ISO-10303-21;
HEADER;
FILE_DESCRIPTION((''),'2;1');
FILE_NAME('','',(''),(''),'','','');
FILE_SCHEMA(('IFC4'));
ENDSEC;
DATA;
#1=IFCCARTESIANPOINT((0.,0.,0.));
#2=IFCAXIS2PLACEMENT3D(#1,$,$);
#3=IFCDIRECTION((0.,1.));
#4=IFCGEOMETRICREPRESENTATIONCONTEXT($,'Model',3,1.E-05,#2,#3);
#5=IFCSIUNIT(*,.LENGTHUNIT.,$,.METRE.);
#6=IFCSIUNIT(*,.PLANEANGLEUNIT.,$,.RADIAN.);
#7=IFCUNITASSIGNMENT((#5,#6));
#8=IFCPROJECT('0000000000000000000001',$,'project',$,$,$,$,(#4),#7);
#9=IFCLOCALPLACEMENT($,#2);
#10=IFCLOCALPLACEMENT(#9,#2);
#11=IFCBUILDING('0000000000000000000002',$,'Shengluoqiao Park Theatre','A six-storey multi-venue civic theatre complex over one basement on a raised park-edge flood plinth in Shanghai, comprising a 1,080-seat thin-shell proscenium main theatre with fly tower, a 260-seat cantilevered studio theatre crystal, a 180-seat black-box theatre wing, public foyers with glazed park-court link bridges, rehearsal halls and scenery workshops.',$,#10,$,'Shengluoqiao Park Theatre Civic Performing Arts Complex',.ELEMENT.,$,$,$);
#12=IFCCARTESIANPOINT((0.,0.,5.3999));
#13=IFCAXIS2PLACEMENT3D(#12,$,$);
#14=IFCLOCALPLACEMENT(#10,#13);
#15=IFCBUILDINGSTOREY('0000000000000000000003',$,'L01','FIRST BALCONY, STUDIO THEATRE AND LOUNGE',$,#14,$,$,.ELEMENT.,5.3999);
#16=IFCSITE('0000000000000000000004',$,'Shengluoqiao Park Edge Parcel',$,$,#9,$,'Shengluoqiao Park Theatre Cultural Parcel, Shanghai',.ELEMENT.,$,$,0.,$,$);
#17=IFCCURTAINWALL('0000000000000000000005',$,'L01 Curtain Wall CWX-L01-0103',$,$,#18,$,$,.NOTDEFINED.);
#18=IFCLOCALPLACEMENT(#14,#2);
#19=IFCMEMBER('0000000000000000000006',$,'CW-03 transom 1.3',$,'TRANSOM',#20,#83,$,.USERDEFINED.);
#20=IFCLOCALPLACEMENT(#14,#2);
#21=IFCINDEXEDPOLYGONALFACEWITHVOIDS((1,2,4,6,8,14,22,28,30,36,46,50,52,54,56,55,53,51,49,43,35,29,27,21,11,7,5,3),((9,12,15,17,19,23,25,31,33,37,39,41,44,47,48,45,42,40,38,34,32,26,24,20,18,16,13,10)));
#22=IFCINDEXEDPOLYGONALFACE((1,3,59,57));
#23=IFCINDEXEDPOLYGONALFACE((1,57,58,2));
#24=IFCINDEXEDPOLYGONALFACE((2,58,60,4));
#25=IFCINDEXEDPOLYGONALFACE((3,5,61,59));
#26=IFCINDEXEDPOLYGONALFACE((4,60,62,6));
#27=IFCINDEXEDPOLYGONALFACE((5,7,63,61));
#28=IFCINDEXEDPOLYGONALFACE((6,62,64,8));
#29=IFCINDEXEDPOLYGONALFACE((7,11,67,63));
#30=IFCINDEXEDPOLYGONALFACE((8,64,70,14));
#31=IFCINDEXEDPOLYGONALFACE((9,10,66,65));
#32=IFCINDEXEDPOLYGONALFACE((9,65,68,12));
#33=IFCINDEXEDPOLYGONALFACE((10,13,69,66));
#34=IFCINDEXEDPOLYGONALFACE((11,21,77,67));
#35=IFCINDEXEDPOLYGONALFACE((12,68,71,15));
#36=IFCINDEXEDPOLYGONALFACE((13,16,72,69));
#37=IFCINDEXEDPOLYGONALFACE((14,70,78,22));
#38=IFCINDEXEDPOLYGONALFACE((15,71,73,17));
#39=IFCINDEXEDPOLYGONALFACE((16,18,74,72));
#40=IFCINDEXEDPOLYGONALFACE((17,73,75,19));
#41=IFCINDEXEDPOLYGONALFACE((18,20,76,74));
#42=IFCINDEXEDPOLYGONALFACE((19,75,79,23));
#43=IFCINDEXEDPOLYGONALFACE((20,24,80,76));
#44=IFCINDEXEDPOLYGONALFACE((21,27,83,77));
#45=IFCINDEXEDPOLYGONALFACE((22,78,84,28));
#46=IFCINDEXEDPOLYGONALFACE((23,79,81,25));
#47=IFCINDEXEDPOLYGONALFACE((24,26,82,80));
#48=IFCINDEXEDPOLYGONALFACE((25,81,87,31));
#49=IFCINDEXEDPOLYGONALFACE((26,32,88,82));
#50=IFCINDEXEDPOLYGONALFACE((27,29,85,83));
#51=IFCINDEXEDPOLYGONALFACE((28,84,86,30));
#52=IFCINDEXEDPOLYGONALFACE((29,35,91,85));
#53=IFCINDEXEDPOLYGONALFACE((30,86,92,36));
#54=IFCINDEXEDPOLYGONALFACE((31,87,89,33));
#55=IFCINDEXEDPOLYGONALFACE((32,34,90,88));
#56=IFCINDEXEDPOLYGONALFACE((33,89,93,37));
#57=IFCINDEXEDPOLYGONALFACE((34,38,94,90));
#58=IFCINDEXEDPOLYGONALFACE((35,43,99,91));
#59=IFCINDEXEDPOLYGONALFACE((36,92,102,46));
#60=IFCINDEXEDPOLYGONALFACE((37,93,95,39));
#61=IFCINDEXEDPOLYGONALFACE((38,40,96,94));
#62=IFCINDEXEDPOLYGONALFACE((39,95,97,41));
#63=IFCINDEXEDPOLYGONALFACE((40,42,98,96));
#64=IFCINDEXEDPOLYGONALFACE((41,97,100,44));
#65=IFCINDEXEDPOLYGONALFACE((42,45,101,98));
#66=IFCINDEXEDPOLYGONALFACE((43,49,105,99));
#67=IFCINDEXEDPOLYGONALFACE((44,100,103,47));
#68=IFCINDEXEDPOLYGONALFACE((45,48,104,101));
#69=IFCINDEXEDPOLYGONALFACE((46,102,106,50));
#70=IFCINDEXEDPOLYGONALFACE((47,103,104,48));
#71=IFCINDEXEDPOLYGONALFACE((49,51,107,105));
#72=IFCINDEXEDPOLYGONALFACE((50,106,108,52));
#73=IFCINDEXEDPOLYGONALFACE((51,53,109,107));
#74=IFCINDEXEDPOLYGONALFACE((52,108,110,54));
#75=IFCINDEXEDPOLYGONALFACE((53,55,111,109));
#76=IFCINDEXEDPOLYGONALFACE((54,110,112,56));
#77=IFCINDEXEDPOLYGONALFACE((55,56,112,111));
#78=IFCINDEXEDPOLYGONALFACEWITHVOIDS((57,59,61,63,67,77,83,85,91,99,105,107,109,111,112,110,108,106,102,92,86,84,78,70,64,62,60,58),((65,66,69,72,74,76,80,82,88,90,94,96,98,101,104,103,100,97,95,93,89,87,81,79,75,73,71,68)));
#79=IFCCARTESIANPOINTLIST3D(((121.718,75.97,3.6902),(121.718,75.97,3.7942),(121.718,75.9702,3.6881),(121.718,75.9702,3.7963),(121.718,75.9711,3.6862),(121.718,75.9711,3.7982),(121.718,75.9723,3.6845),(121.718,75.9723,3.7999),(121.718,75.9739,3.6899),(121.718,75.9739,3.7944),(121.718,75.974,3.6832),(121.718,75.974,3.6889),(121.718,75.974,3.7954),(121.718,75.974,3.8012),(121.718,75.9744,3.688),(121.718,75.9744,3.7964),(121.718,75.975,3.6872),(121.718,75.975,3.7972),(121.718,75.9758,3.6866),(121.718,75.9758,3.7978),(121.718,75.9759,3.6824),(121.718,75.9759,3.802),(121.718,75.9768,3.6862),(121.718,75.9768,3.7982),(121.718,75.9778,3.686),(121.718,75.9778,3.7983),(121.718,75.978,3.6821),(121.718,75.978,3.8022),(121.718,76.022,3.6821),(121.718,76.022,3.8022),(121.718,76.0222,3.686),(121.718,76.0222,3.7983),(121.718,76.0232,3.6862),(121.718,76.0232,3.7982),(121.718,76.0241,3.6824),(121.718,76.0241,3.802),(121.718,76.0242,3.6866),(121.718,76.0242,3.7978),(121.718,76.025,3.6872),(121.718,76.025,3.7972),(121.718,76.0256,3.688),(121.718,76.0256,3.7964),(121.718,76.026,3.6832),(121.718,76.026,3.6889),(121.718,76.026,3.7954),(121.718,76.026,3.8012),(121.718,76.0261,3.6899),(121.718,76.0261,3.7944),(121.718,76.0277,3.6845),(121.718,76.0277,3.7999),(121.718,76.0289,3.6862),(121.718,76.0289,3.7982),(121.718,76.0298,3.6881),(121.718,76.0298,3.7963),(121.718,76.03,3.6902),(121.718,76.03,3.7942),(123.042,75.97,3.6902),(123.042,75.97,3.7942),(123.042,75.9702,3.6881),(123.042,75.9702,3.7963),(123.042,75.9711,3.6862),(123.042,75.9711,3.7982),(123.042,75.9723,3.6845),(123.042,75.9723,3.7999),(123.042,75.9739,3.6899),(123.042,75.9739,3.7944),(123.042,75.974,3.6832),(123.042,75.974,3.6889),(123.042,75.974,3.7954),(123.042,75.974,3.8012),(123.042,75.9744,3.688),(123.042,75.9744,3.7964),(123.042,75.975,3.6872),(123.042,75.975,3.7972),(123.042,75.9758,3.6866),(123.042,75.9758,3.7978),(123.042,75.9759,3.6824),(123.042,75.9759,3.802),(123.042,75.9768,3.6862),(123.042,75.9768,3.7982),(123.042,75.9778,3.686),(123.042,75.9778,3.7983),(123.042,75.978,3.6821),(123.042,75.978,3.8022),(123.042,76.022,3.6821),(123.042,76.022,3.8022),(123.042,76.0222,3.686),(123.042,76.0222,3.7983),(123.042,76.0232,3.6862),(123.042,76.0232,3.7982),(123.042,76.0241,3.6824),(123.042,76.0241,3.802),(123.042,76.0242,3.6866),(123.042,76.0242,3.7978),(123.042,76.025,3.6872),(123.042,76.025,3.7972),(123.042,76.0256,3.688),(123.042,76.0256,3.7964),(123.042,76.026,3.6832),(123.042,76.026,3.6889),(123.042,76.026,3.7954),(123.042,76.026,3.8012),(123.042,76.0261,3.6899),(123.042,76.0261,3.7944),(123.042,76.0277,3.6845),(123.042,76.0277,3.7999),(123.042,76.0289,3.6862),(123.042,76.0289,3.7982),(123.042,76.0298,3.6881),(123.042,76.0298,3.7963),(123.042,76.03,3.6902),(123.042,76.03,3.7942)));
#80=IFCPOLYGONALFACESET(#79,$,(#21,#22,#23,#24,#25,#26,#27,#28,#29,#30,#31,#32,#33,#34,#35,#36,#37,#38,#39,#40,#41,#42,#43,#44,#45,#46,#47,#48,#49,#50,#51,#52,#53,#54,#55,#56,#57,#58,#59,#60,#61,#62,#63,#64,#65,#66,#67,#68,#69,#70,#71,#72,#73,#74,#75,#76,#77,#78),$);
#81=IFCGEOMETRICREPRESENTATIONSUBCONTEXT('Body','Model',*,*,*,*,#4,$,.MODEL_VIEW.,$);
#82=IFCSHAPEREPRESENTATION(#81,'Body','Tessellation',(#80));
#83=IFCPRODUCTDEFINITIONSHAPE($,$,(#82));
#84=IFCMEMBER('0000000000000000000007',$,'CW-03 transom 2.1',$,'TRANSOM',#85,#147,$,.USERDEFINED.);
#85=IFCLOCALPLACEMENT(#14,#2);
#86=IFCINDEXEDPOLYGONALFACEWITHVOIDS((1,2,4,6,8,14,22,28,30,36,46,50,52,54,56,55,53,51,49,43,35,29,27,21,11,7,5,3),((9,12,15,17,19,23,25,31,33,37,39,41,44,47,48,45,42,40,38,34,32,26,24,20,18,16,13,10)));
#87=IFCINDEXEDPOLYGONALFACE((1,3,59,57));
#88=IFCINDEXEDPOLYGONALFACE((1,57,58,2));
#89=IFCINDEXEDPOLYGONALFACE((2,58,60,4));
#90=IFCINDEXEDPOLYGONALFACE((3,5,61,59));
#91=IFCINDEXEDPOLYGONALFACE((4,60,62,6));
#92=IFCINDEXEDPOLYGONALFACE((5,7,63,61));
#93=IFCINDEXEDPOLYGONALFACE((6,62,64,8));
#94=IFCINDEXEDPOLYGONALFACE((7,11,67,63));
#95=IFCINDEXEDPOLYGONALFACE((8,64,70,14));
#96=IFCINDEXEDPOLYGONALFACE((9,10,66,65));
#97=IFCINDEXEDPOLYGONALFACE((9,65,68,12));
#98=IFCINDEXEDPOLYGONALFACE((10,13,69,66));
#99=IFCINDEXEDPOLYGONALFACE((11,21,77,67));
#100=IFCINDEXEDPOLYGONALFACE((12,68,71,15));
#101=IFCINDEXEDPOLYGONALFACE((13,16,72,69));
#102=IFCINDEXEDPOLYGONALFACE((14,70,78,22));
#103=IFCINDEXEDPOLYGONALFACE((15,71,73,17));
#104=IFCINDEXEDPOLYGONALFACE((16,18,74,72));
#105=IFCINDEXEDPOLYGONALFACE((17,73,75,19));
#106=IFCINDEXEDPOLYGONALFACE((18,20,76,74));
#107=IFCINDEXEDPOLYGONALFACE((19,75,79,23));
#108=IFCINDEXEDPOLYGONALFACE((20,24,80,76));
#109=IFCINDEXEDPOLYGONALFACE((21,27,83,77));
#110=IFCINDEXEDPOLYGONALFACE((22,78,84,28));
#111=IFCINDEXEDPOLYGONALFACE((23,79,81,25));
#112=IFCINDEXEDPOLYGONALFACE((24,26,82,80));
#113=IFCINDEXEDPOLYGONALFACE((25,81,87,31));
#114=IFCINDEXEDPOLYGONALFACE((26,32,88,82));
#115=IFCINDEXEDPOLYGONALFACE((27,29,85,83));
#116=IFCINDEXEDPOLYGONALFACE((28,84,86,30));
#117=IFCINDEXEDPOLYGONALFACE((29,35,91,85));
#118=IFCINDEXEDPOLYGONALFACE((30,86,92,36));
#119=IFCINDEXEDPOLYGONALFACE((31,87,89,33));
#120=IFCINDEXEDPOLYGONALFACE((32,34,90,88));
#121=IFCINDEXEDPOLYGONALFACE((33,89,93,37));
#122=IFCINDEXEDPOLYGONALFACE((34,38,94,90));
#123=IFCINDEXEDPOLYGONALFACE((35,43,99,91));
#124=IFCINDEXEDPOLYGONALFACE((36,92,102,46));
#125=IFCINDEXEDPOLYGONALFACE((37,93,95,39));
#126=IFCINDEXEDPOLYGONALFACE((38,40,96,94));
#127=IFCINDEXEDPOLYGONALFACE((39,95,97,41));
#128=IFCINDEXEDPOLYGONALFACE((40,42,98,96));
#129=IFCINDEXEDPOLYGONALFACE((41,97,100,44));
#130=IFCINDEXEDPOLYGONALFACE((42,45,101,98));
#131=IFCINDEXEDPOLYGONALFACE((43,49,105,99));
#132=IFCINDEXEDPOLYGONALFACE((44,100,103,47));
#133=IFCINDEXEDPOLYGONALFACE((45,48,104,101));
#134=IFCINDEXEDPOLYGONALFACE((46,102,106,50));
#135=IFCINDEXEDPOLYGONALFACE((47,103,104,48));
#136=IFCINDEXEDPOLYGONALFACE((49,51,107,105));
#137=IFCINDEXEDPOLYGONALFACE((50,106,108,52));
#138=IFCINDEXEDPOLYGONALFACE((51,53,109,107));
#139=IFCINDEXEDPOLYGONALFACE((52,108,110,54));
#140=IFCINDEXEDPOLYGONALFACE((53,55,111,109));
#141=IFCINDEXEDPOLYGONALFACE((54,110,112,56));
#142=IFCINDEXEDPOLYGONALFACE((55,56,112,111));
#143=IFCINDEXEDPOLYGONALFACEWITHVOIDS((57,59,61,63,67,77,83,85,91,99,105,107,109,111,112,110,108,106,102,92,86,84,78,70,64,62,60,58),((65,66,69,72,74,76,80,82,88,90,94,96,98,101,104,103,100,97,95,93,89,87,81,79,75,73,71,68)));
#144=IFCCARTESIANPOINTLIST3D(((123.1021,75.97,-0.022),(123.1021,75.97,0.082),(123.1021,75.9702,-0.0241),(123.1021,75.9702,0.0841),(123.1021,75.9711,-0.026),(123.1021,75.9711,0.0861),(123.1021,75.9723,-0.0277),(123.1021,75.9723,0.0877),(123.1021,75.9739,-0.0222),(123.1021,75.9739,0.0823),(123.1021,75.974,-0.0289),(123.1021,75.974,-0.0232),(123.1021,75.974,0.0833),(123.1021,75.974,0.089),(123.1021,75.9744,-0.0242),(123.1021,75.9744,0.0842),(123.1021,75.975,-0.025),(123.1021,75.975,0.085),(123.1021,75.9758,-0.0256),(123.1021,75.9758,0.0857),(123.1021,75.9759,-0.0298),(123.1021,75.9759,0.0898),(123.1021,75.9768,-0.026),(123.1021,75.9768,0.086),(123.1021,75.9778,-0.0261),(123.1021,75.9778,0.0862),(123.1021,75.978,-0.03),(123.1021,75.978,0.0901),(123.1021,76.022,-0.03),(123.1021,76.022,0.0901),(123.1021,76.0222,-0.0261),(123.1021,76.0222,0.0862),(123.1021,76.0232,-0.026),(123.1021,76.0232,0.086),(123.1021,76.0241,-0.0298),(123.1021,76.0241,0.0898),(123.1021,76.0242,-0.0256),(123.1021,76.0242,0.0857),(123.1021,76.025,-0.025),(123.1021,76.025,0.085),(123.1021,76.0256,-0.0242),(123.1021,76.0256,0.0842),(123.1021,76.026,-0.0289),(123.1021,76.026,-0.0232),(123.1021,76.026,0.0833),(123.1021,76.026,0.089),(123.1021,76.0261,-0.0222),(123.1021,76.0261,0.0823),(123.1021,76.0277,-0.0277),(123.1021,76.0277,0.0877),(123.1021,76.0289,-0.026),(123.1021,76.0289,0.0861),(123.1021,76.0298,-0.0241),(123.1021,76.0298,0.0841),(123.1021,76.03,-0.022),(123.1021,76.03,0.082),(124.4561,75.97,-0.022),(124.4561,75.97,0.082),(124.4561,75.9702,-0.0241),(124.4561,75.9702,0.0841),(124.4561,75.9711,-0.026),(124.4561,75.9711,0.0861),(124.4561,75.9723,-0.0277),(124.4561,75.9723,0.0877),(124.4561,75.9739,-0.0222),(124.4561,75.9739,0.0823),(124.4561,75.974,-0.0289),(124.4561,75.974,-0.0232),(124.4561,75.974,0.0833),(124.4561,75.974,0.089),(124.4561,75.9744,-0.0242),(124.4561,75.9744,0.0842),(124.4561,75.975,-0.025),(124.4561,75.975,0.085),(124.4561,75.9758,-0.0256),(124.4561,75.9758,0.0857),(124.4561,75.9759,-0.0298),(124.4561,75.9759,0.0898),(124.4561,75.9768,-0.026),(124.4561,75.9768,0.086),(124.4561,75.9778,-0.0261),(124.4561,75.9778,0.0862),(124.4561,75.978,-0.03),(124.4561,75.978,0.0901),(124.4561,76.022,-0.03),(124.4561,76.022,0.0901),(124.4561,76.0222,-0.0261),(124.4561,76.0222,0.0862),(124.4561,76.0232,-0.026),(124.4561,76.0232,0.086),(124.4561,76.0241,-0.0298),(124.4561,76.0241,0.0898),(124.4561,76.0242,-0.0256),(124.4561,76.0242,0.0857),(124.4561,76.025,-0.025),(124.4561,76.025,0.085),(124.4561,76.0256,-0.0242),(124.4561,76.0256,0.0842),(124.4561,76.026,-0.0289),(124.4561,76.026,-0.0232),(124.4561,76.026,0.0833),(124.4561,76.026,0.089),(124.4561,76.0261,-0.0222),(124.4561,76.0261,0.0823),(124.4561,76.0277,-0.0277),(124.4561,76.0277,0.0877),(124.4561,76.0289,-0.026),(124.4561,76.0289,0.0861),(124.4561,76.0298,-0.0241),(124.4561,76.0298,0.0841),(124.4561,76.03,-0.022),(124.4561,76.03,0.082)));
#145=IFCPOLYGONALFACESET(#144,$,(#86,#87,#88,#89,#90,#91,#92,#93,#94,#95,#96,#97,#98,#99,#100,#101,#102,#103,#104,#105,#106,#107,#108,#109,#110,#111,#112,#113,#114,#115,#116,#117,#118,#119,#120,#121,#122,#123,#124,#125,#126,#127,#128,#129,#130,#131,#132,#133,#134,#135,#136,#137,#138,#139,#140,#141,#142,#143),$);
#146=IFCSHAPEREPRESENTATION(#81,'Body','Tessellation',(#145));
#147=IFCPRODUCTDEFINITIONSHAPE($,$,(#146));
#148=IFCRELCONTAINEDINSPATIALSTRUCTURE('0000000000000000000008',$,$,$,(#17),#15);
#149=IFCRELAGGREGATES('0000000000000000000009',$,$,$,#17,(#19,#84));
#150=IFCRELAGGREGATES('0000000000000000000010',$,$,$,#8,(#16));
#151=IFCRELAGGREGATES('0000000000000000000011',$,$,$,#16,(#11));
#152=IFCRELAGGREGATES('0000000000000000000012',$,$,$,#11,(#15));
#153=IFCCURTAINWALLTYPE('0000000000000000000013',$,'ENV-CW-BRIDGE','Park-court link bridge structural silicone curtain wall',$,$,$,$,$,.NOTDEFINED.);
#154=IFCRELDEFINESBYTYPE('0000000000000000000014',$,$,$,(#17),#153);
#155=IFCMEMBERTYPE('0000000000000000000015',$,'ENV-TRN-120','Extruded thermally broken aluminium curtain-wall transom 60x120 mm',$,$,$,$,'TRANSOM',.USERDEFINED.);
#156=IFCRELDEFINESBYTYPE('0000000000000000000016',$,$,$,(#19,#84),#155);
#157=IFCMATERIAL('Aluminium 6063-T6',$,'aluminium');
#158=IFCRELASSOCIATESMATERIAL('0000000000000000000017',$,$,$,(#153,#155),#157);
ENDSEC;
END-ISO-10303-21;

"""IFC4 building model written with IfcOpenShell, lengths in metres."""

from ifc_helpers import new_model, si_unit, direction, frame, origin, origin_2d, place, context, subcontext, project, spatial, hollow_rectangle, extrude, material, material_profile, profile_set, type_object, element, aggregate, save


model = new_model("IFC4")

# Units and contexts
model_context = context("Model", 3, precision=1e-05, world=origin(), true_north=direction((0.0, 1.0)))
body_context = subcontext(model_context, "Body", "Model", "MODEL_VIEW")
ifc_project = project(units=[si_unit("LENGTHUNIT", "METRE"), si_unit("PLANEANGLEUNIT", "RADIAN")], contexts=[model_context])

# Site, building, storey
site_placement = place(None, origin())
site = spatial("IfcSite", under=ifc_project, at=site_placement, Name="Shengluoqiao Park Edge Parcel", LongName="Shengluoqiao Park Theatre Cultural Parcel, Shanghai", CompositionType="ELEMENT", RefElevation=0.0)
building_placement = place(site_placement, origin())
building = spatial("IfcBuilding", under=site, at=building_placement, Name="Shengluoqiao Park Theatre", Description="A six-storey multi-venue civic theatre complex over one basement on a raised park-edge flood plinth in Shanghai, comprising a 1,080-seat thin-shell proscenium main theatre with fly tower, a 260-seat cantilevered studio theatre crystal, a 180-seat black-box theatre wing, public foyers with glazed park-court link bridges, rehearsal halls and scenery workshops.", LongName="Shengluoqiao Park Theatre Civic Performing Arts Complex", CompositionType="ELEMENT")
storey_placement = place(building_placement, frame((0.0, 0.0, 5.3999)))
storey = spatial("IfcBuildingStorey", under=building, at=storey_placement, Name="L01", Description="FIRST BALCONY, STUDIO THEATRE AND LOUNGE", CompositionType="ELEMENT", Elevation=5.3999)

# Curtain wall
ifc_material_1 = material(Name="Aluminium 6063-T6", Category="aluminium")
curtain_wall_type = type_object("IfcCurtainWallType", Name="ENV-CW-BRIDGE", Description="Park-court link bridge structural silicone curtain wall", PredefinedType="NOTDEFINED", material=ifc_material_1)
curtain_wall_1_placement = place(storey_placement, origin())
curtain_wall_1 = element("IfcCurtainWall", 1, at=curtain_wall_1_placement, inside=storey, type_object=curtain_wall_type, Name="L01 Curtain Wall CWX-L01-0103", PredefinedType="NOTDEFINED")

# Members
ifc_material_profile_1 = material_profile(ifc_material_1, hollow_rectangle(XDim=0.0601, YDim=0.1201, WallThickness=0.0039, InnerFilletRadius=0.0039, OuterFilletRadius=0.0081, at=origin_2d()), Name="ALU TRANSOM 120x60x4")
ifc_profile_set_1 = profile_set([ifc_material_profile_1], Name="Aluminium 6063-T6")
member_type_1 = type_object("IfcMemberType", Name="ENV-TRN-120", Description="Extruded thermally broken aluminium curtain-wall transom 60x120 mm", ElementType="TRANSOM", PredefinedType="USERDEFINED", material=ifc_profile_set_1)
member_1_placement = place(storey_placement, frame((121.718, 76.0, 3.7422), z_axis=(1.0, 0.0, 0.0), x_axis=(0.0, 1.0, 0.0)))
member_1 = element("IfcMember", 2, at=member_1_placement, type_object=member_type_1, Name="CW-03 transom 1.3", ObjectType="TRANSOM", PredefinedType="USERDEFINED", context=body_context, shape_type="SweptSolid", body=[
    extrude(hollow_rectangle(XDim=0.0601, YDim=0.1201, WallThickness=0.0039, InnerFilletRadius=0.0039, OuterFilletRadius=0.0081, at=origin_2d()), origin(), (0.0, 0.0, 1.0), 1.324),
])
member_2_placement = place(storey_placement, frame((123.1021, 76.0, 0.03), z_axis=(1.0, 0.0, 0.0), x_axis=(0.0, 1.0, 0.0)))
member_2 = element("IfcMember", 3, at=member_2_placement, type_object=member_type_1, Name="CW-03 transom 2.1", ObjectType="TRANSOM", PredefinedType="USERDEFINED", context=body_context, shape_type="SweptSolid", body=[
    extrude(hollow_rectangle(XDim=0.0601, YDim=0.1201, WallThickness=0.0039, InnerFilletRadius=0.0039, OuterFilletRadius=0.0081, at=origin_2d()), origin(), (0.0, 0.0, 1.0), 1.354),
])

aggregate(curtain_wall_1, [member_1, member_2])

save(model, "model.ifc")
